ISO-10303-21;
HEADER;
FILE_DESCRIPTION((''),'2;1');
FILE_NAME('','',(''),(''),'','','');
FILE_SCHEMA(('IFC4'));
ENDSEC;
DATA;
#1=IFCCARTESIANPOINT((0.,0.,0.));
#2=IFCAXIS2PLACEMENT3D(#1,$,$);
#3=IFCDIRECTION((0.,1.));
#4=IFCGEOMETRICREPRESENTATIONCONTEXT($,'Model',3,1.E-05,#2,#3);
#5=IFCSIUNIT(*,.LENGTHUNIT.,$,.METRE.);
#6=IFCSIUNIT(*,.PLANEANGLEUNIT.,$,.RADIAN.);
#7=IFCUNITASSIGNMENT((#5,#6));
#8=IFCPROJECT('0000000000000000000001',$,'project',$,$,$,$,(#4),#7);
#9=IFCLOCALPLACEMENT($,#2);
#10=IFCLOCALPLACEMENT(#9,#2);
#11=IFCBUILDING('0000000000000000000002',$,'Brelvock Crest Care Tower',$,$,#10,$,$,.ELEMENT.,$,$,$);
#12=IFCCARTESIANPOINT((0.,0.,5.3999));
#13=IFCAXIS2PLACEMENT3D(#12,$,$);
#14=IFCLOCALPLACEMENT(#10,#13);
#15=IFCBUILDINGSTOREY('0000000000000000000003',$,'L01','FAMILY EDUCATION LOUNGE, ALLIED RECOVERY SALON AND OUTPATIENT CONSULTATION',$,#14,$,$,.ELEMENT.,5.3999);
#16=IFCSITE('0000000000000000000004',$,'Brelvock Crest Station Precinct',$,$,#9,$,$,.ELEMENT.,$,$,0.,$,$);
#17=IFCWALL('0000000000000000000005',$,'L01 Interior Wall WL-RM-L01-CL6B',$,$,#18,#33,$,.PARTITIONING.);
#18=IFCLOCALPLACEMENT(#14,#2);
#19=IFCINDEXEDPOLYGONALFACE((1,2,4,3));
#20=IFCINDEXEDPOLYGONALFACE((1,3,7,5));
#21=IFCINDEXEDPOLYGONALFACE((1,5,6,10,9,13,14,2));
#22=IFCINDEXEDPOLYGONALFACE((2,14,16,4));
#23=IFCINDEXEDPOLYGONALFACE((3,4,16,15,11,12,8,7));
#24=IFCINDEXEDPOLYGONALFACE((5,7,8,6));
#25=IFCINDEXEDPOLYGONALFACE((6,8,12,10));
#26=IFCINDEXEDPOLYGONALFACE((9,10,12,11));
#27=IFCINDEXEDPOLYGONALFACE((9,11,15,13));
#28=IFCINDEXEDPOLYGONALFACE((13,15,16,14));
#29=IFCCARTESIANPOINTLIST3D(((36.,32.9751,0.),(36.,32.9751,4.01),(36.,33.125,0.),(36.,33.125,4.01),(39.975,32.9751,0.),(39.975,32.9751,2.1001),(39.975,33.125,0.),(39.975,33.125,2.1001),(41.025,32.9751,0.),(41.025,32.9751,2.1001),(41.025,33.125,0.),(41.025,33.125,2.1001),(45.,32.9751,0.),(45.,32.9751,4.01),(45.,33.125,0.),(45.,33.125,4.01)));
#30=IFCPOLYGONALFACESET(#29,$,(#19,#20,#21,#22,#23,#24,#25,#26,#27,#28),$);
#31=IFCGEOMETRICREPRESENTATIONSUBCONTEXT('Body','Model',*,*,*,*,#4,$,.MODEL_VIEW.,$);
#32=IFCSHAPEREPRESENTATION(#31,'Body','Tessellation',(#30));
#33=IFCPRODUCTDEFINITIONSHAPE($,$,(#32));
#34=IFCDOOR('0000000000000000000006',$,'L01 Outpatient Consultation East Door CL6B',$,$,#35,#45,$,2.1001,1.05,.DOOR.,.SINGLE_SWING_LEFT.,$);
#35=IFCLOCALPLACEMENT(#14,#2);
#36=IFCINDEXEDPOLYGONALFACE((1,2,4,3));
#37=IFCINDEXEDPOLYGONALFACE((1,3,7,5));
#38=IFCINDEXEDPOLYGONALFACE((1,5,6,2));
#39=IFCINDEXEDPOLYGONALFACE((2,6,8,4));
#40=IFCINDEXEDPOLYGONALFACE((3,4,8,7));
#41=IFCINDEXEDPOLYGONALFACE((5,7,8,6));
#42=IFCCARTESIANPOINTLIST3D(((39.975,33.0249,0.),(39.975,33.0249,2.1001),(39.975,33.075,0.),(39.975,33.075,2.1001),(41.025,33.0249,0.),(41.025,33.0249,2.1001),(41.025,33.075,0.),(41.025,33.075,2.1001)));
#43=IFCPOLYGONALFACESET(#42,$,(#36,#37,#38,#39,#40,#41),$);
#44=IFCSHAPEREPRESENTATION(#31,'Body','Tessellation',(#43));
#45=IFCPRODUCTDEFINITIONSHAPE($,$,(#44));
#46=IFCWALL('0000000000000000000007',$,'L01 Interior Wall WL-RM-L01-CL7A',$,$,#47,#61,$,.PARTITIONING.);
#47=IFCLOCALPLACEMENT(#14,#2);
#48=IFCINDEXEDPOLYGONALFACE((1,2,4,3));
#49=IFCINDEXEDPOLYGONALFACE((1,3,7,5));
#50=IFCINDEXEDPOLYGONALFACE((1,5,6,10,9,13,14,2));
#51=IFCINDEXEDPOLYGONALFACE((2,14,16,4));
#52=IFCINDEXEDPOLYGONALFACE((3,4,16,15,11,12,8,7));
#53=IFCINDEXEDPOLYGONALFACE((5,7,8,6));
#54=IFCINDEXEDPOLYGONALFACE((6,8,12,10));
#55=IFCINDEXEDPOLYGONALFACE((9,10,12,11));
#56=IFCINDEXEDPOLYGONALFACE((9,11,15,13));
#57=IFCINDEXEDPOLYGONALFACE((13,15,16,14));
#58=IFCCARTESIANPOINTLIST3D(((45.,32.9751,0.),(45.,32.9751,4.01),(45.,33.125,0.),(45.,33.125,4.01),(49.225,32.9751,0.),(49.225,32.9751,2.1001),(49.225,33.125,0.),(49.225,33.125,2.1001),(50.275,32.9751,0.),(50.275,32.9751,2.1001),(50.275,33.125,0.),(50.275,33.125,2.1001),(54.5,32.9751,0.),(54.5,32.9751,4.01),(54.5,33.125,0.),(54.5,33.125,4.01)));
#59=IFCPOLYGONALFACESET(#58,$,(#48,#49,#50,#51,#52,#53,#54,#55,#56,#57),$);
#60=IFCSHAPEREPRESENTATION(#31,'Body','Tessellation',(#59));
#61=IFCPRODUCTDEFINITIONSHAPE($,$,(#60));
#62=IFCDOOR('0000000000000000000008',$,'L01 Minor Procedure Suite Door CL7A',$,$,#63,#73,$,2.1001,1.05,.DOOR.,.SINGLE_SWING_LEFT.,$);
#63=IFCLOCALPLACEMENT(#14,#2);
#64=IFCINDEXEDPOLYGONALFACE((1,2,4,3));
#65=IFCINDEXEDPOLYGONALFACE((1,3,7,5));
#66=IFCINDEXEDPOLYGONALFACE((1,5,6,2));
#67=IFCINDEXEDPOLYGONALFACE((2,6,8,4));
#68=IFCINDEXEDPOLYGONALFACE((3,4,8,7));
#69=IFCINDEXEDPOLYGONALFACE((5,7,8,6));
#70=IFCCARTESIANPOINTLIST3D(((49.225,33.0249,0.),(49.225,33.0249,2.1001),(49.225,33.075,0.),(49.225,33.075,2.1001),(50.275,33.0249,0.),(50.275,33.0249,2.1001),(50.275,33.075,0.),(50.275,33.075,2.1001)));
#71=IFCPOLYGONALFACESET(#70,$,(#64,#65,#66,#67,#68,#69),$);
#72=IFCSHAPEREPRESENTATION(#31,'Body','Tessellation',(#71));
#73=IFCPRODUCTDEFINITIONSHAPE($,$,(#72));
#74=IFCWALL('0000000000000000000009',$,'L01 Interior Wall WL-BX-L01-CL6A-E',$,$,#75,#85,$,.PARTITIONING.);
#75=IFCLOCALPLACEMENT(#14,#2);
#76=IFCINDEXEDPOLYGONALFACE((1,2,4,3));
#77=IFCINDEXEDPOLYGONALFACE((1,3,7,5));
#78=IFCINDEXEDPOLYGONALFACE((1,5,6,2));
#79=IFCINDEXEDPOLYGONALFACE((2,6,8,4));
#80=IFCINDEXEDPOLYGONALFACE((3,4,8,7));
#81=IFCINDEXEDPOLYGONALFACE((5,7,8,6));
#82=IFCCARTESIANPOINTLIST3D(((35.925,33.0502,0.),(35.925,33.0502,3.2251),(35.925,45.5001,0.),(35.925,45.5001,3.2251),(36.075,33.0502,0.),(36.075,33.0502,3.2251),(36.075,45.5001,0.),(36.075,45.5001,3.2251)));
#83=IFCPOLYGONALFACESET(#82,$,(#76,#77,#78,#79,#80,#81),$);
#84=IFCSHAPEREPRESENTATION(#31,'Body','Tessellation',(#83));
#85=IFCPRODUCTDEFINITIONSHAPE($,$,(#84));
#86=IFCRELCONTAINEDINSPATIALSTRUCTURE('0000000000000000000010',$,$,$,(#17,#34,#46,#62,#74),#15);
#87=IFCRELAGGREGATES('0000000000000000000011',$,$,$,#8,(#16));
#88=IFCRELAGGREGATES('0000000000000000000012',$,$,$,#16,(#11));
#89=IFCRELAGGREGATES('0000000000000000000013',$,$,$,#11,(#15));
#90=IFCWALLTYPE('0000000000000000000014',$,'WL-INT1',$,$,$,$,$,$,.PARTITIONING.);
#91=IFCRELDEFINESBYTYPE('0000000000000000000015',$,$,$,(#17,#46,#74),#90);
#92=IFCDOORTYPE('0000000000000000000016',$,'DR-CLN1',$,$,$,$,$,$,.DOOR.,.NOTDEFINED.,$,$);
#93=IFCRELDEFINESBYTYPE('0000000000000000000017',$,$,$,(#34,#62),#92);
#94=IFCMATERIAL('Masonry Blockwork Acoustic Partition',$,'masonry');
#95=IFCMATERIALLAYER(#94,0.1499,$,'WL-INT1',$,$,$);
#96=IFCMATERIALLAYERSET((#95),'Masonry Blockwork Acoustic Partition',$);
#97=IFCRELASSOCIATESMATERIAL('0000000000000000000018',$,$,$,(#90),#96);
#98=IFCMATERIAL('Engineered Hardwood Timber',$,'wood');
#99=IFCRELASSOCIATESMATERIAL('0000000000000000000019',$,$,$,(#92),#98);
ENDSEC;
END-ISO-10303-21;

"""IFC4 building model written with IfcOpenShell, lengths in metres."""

from ifc_helpers import new_model, si_unit, direction, frame, frame_2d, origin, origin_2d, place, context, subcontext, project, spatial, rectangle, extrude, source, transform, mapped, material, layer, layer_set, type_object, element, fill, save


model = new_model("IFC4")

# Units and contexts
model_context = context("Model", 3, precision=1e-05, world=origin(), true_north=direction((0.0, 1.0)))
body_context = subcontext(model_context, "Body", "Model", "MODEL_VIEW")
ifc_project = project(units=[si_unit("LENGTHUNIT", "METRE"), si_unit("PLANEANGLEUNIT", "RADIAN")], contexts=[model_context])

# Site, building, storey
site_placement = place(None, origin())
site = spatial("IfcSite", under=ifc_project, at=site_placement, Name="Brelvock Crest Station Precinct", CompositionType="ELEMENT", RefElevation=0.0)
building_placement = place(site_placement, origin())
building = spatial("IfcBuilding", under=site, at=building_placement, Name="Brelvock Crest Care Tower", CompositionType="ELEMENT")
storey_placement = place(building_placement, frame((0.0, 0.0, 5.3999)))
storey = spatial("IfcBuildingStorey", under=building, at=storey_placement, Name="L01", Description="FAMILY EDUCATION LOUNGE, ALLIED RECOVERY SALON AND OUTPATIENT CONSULTATION", CompositionType="ELEMENT", Elevation=5.3999)

# Walls, openings, doors
ifc_material_1 = material(Name="Masonry Blockwork Acoustic Partition", Category="masonry")
ifc_layer = layer(ifc_material_1, 0.1499, Name="WL-INT1")
ifc_layer_set = layer_set([ifc_layer], Name="Masonry Blockwork Acoustic Partition")
wall_type = type_object("IfcWallType", Name="WL-INT1", PredefinedType="PARTITIONING", material=ifc_layer_set)
ifc_material_2 = material(Name="Engineered Hardwood Timber", Category="wood")
door_type = type_object("IfcDoorType", Name="DR-CLN1", OperationType="NOTDEFINED", PredefinedType="DOOR", material=ifc_material_2)
shared_shape_1 = source(origin(), body_context, "Body", "SweptSolid", [
    extrude(rectangle(XDim=1.05, YDim=2.1001, at=origin_2d()), frame((0.5249, 0.0249, 1.05), z_axis=(0.0, -1.0, 0.0), x_axis=(1.0, 0.0, 0.0)), (0.0, 0.0, 1.0), 0.05),
])
wall_1_placement = place(storey_placement, frame((36.0, 33.05, 0.0), z_axis=(0.0, 0.0, 1.0), x_axis=(1.0, 0.0, 0.0)))
wall_1 = element("IfcWall", 1, at=wall_1_placement, inside=storey, type_object=wall_type, Name="L01 Interior Wall WL-RM-L01-CL6B", PredefinedType="PARTITIONING", context=body_context, shape_type="SweptSolid", body=[
    extrude(rectangle(XDim=9.0, YDim=0.1499, at=frame_2d((4.5, 0.0))), origin(), (0.0, 0.0, 1.0), 4.01),
])
opening_1_placement = place(wall_1_placement, frame((3.9751, 0.0, 0.0)))
opening_1 = element("IfcOpeningElement", 2, at=opening_1_placement, cuts=wall_1, PredefinedType="OPENING", context=body_context, shape_type="SweptSolid", body=[
    extrude(rectangle(XDim=1.05, YDim=2.1001, at=origin_2d()), frame((0.5249, 0.085, 1.05), z_axis=(0.0, -1.0, 0.0), x_axis=(1.0, 0.0, 0.0)), (0.0, 0.0, 1.0), 0.1699),
])
door_1_placement = place(opening_1_placement, origin())
door_1 = element("IfcDoor", 3, at=door_1_placement, inside=storey, type_object=door_type, Name="L01 Outpatient Consultation East Door CL6B", OperationType="SINGLE_SWING_LEFT", OverallHeight=2.1001, OverallWidth=1.05, PredefinedType="DOOR", context=body_context, shape_type="MappedRepresentation", body=[
    mapped(shared_shape_1, transform((0.0, 0.0, 0.0), x_axis=(1.0, 0.0, 0.0), y_axis=(0.0, 1.0, 0.0), z_axis=(0.0, 0.0, 1.0), scale=1.0)),
])
fill(opening_1, door_1)
wall_2_placement = place(storey_placement, frame((45.0, 33.05, 0.0), z_axis=(0.0, 0.0, 1.0), x_axis=(1.0, 0.0, 0.0)))
wall_2 = element("IfcWall", 4, at=wall_2_placement, inside=storey, type_object=wall_type, Name="L01 Interior Wall WL-RM-L01-CL7A", PredefinedType="PARTITIONING", context=body_context, shape_type="SweptSolid", body=[
    extrude(rectangle(XDim=9.5, YDim=0.1499, at=frame_2d((4.75, 0.0))), origin(), (0.0, 0.0, 1.0), 4.01),
])
opening_2_placement = place(wall_2_placement, frame((4.2251, 0.0, 0.0)))
opening_2 = element("IfcOpeningElement", 5, at=opening_2_placement, cuts=wall_2, PredefinedType="OPENING", context=body_context, shape_type="SweptSolid", body=[
    extrude(rectangle(XDim=1.05, YDim=2.1001, at=origin_2d()), frame((0.5249, 0.085, 1.05), z_axis=(0.0, -1.0, 0.0), x_axis=(1.0, 0.0, 0.0)), (0.0, 0.0, 1.0), 0.1699),
])
door_2_placement = place(opening_2_placement, origin())
door_2 = element("IfcDoor", 6, at=door_2_placement, inside=storey, type_object=door_type, Name="L01 Minor Procedure Suite Door CL7A", OperationType="SINGLE_SWING_LEFT", OverallHeight=2.1001, OverallWidth=1.05, PredefinedType="DOOR", context=body_context, shape_type="MappedRepresentation", body=[
    mapped(shared_shape_1, transform((0.0, 0.0, 0.0), x_axis=(1.0, 0.0, 0.0), y_axis=(0.0, 1.0, 0.0), z_axis=(0.0, 0.0, 1.0), scale=1.0)),
])
fill(opening_2, door_2)

# Wall
wall_3_placement = place(storey_placement, frame((36.0, 33.05, 0.0), z_axis=(0.0, 0.0, 1.0), x_axis=(0.0, 1.0, 0.0)))
element("IfcWall", 7, at=wall_3_placement, inside=storey, type_object=wall_type, Name="L01 Interior Wall WL-BX-L01-CL6A-E", PredefinedType="PARTITIONING", context=body_context, shape_type="SweptSolid", body=[
    extrude(rectangle(XDim=12.45, YDim=0.1499, at=frame_2d((6.2251, 0.0))), origin(), (0.0, 0.0, 1.0), 3.2251),
])

save(model, "model.ifc")
